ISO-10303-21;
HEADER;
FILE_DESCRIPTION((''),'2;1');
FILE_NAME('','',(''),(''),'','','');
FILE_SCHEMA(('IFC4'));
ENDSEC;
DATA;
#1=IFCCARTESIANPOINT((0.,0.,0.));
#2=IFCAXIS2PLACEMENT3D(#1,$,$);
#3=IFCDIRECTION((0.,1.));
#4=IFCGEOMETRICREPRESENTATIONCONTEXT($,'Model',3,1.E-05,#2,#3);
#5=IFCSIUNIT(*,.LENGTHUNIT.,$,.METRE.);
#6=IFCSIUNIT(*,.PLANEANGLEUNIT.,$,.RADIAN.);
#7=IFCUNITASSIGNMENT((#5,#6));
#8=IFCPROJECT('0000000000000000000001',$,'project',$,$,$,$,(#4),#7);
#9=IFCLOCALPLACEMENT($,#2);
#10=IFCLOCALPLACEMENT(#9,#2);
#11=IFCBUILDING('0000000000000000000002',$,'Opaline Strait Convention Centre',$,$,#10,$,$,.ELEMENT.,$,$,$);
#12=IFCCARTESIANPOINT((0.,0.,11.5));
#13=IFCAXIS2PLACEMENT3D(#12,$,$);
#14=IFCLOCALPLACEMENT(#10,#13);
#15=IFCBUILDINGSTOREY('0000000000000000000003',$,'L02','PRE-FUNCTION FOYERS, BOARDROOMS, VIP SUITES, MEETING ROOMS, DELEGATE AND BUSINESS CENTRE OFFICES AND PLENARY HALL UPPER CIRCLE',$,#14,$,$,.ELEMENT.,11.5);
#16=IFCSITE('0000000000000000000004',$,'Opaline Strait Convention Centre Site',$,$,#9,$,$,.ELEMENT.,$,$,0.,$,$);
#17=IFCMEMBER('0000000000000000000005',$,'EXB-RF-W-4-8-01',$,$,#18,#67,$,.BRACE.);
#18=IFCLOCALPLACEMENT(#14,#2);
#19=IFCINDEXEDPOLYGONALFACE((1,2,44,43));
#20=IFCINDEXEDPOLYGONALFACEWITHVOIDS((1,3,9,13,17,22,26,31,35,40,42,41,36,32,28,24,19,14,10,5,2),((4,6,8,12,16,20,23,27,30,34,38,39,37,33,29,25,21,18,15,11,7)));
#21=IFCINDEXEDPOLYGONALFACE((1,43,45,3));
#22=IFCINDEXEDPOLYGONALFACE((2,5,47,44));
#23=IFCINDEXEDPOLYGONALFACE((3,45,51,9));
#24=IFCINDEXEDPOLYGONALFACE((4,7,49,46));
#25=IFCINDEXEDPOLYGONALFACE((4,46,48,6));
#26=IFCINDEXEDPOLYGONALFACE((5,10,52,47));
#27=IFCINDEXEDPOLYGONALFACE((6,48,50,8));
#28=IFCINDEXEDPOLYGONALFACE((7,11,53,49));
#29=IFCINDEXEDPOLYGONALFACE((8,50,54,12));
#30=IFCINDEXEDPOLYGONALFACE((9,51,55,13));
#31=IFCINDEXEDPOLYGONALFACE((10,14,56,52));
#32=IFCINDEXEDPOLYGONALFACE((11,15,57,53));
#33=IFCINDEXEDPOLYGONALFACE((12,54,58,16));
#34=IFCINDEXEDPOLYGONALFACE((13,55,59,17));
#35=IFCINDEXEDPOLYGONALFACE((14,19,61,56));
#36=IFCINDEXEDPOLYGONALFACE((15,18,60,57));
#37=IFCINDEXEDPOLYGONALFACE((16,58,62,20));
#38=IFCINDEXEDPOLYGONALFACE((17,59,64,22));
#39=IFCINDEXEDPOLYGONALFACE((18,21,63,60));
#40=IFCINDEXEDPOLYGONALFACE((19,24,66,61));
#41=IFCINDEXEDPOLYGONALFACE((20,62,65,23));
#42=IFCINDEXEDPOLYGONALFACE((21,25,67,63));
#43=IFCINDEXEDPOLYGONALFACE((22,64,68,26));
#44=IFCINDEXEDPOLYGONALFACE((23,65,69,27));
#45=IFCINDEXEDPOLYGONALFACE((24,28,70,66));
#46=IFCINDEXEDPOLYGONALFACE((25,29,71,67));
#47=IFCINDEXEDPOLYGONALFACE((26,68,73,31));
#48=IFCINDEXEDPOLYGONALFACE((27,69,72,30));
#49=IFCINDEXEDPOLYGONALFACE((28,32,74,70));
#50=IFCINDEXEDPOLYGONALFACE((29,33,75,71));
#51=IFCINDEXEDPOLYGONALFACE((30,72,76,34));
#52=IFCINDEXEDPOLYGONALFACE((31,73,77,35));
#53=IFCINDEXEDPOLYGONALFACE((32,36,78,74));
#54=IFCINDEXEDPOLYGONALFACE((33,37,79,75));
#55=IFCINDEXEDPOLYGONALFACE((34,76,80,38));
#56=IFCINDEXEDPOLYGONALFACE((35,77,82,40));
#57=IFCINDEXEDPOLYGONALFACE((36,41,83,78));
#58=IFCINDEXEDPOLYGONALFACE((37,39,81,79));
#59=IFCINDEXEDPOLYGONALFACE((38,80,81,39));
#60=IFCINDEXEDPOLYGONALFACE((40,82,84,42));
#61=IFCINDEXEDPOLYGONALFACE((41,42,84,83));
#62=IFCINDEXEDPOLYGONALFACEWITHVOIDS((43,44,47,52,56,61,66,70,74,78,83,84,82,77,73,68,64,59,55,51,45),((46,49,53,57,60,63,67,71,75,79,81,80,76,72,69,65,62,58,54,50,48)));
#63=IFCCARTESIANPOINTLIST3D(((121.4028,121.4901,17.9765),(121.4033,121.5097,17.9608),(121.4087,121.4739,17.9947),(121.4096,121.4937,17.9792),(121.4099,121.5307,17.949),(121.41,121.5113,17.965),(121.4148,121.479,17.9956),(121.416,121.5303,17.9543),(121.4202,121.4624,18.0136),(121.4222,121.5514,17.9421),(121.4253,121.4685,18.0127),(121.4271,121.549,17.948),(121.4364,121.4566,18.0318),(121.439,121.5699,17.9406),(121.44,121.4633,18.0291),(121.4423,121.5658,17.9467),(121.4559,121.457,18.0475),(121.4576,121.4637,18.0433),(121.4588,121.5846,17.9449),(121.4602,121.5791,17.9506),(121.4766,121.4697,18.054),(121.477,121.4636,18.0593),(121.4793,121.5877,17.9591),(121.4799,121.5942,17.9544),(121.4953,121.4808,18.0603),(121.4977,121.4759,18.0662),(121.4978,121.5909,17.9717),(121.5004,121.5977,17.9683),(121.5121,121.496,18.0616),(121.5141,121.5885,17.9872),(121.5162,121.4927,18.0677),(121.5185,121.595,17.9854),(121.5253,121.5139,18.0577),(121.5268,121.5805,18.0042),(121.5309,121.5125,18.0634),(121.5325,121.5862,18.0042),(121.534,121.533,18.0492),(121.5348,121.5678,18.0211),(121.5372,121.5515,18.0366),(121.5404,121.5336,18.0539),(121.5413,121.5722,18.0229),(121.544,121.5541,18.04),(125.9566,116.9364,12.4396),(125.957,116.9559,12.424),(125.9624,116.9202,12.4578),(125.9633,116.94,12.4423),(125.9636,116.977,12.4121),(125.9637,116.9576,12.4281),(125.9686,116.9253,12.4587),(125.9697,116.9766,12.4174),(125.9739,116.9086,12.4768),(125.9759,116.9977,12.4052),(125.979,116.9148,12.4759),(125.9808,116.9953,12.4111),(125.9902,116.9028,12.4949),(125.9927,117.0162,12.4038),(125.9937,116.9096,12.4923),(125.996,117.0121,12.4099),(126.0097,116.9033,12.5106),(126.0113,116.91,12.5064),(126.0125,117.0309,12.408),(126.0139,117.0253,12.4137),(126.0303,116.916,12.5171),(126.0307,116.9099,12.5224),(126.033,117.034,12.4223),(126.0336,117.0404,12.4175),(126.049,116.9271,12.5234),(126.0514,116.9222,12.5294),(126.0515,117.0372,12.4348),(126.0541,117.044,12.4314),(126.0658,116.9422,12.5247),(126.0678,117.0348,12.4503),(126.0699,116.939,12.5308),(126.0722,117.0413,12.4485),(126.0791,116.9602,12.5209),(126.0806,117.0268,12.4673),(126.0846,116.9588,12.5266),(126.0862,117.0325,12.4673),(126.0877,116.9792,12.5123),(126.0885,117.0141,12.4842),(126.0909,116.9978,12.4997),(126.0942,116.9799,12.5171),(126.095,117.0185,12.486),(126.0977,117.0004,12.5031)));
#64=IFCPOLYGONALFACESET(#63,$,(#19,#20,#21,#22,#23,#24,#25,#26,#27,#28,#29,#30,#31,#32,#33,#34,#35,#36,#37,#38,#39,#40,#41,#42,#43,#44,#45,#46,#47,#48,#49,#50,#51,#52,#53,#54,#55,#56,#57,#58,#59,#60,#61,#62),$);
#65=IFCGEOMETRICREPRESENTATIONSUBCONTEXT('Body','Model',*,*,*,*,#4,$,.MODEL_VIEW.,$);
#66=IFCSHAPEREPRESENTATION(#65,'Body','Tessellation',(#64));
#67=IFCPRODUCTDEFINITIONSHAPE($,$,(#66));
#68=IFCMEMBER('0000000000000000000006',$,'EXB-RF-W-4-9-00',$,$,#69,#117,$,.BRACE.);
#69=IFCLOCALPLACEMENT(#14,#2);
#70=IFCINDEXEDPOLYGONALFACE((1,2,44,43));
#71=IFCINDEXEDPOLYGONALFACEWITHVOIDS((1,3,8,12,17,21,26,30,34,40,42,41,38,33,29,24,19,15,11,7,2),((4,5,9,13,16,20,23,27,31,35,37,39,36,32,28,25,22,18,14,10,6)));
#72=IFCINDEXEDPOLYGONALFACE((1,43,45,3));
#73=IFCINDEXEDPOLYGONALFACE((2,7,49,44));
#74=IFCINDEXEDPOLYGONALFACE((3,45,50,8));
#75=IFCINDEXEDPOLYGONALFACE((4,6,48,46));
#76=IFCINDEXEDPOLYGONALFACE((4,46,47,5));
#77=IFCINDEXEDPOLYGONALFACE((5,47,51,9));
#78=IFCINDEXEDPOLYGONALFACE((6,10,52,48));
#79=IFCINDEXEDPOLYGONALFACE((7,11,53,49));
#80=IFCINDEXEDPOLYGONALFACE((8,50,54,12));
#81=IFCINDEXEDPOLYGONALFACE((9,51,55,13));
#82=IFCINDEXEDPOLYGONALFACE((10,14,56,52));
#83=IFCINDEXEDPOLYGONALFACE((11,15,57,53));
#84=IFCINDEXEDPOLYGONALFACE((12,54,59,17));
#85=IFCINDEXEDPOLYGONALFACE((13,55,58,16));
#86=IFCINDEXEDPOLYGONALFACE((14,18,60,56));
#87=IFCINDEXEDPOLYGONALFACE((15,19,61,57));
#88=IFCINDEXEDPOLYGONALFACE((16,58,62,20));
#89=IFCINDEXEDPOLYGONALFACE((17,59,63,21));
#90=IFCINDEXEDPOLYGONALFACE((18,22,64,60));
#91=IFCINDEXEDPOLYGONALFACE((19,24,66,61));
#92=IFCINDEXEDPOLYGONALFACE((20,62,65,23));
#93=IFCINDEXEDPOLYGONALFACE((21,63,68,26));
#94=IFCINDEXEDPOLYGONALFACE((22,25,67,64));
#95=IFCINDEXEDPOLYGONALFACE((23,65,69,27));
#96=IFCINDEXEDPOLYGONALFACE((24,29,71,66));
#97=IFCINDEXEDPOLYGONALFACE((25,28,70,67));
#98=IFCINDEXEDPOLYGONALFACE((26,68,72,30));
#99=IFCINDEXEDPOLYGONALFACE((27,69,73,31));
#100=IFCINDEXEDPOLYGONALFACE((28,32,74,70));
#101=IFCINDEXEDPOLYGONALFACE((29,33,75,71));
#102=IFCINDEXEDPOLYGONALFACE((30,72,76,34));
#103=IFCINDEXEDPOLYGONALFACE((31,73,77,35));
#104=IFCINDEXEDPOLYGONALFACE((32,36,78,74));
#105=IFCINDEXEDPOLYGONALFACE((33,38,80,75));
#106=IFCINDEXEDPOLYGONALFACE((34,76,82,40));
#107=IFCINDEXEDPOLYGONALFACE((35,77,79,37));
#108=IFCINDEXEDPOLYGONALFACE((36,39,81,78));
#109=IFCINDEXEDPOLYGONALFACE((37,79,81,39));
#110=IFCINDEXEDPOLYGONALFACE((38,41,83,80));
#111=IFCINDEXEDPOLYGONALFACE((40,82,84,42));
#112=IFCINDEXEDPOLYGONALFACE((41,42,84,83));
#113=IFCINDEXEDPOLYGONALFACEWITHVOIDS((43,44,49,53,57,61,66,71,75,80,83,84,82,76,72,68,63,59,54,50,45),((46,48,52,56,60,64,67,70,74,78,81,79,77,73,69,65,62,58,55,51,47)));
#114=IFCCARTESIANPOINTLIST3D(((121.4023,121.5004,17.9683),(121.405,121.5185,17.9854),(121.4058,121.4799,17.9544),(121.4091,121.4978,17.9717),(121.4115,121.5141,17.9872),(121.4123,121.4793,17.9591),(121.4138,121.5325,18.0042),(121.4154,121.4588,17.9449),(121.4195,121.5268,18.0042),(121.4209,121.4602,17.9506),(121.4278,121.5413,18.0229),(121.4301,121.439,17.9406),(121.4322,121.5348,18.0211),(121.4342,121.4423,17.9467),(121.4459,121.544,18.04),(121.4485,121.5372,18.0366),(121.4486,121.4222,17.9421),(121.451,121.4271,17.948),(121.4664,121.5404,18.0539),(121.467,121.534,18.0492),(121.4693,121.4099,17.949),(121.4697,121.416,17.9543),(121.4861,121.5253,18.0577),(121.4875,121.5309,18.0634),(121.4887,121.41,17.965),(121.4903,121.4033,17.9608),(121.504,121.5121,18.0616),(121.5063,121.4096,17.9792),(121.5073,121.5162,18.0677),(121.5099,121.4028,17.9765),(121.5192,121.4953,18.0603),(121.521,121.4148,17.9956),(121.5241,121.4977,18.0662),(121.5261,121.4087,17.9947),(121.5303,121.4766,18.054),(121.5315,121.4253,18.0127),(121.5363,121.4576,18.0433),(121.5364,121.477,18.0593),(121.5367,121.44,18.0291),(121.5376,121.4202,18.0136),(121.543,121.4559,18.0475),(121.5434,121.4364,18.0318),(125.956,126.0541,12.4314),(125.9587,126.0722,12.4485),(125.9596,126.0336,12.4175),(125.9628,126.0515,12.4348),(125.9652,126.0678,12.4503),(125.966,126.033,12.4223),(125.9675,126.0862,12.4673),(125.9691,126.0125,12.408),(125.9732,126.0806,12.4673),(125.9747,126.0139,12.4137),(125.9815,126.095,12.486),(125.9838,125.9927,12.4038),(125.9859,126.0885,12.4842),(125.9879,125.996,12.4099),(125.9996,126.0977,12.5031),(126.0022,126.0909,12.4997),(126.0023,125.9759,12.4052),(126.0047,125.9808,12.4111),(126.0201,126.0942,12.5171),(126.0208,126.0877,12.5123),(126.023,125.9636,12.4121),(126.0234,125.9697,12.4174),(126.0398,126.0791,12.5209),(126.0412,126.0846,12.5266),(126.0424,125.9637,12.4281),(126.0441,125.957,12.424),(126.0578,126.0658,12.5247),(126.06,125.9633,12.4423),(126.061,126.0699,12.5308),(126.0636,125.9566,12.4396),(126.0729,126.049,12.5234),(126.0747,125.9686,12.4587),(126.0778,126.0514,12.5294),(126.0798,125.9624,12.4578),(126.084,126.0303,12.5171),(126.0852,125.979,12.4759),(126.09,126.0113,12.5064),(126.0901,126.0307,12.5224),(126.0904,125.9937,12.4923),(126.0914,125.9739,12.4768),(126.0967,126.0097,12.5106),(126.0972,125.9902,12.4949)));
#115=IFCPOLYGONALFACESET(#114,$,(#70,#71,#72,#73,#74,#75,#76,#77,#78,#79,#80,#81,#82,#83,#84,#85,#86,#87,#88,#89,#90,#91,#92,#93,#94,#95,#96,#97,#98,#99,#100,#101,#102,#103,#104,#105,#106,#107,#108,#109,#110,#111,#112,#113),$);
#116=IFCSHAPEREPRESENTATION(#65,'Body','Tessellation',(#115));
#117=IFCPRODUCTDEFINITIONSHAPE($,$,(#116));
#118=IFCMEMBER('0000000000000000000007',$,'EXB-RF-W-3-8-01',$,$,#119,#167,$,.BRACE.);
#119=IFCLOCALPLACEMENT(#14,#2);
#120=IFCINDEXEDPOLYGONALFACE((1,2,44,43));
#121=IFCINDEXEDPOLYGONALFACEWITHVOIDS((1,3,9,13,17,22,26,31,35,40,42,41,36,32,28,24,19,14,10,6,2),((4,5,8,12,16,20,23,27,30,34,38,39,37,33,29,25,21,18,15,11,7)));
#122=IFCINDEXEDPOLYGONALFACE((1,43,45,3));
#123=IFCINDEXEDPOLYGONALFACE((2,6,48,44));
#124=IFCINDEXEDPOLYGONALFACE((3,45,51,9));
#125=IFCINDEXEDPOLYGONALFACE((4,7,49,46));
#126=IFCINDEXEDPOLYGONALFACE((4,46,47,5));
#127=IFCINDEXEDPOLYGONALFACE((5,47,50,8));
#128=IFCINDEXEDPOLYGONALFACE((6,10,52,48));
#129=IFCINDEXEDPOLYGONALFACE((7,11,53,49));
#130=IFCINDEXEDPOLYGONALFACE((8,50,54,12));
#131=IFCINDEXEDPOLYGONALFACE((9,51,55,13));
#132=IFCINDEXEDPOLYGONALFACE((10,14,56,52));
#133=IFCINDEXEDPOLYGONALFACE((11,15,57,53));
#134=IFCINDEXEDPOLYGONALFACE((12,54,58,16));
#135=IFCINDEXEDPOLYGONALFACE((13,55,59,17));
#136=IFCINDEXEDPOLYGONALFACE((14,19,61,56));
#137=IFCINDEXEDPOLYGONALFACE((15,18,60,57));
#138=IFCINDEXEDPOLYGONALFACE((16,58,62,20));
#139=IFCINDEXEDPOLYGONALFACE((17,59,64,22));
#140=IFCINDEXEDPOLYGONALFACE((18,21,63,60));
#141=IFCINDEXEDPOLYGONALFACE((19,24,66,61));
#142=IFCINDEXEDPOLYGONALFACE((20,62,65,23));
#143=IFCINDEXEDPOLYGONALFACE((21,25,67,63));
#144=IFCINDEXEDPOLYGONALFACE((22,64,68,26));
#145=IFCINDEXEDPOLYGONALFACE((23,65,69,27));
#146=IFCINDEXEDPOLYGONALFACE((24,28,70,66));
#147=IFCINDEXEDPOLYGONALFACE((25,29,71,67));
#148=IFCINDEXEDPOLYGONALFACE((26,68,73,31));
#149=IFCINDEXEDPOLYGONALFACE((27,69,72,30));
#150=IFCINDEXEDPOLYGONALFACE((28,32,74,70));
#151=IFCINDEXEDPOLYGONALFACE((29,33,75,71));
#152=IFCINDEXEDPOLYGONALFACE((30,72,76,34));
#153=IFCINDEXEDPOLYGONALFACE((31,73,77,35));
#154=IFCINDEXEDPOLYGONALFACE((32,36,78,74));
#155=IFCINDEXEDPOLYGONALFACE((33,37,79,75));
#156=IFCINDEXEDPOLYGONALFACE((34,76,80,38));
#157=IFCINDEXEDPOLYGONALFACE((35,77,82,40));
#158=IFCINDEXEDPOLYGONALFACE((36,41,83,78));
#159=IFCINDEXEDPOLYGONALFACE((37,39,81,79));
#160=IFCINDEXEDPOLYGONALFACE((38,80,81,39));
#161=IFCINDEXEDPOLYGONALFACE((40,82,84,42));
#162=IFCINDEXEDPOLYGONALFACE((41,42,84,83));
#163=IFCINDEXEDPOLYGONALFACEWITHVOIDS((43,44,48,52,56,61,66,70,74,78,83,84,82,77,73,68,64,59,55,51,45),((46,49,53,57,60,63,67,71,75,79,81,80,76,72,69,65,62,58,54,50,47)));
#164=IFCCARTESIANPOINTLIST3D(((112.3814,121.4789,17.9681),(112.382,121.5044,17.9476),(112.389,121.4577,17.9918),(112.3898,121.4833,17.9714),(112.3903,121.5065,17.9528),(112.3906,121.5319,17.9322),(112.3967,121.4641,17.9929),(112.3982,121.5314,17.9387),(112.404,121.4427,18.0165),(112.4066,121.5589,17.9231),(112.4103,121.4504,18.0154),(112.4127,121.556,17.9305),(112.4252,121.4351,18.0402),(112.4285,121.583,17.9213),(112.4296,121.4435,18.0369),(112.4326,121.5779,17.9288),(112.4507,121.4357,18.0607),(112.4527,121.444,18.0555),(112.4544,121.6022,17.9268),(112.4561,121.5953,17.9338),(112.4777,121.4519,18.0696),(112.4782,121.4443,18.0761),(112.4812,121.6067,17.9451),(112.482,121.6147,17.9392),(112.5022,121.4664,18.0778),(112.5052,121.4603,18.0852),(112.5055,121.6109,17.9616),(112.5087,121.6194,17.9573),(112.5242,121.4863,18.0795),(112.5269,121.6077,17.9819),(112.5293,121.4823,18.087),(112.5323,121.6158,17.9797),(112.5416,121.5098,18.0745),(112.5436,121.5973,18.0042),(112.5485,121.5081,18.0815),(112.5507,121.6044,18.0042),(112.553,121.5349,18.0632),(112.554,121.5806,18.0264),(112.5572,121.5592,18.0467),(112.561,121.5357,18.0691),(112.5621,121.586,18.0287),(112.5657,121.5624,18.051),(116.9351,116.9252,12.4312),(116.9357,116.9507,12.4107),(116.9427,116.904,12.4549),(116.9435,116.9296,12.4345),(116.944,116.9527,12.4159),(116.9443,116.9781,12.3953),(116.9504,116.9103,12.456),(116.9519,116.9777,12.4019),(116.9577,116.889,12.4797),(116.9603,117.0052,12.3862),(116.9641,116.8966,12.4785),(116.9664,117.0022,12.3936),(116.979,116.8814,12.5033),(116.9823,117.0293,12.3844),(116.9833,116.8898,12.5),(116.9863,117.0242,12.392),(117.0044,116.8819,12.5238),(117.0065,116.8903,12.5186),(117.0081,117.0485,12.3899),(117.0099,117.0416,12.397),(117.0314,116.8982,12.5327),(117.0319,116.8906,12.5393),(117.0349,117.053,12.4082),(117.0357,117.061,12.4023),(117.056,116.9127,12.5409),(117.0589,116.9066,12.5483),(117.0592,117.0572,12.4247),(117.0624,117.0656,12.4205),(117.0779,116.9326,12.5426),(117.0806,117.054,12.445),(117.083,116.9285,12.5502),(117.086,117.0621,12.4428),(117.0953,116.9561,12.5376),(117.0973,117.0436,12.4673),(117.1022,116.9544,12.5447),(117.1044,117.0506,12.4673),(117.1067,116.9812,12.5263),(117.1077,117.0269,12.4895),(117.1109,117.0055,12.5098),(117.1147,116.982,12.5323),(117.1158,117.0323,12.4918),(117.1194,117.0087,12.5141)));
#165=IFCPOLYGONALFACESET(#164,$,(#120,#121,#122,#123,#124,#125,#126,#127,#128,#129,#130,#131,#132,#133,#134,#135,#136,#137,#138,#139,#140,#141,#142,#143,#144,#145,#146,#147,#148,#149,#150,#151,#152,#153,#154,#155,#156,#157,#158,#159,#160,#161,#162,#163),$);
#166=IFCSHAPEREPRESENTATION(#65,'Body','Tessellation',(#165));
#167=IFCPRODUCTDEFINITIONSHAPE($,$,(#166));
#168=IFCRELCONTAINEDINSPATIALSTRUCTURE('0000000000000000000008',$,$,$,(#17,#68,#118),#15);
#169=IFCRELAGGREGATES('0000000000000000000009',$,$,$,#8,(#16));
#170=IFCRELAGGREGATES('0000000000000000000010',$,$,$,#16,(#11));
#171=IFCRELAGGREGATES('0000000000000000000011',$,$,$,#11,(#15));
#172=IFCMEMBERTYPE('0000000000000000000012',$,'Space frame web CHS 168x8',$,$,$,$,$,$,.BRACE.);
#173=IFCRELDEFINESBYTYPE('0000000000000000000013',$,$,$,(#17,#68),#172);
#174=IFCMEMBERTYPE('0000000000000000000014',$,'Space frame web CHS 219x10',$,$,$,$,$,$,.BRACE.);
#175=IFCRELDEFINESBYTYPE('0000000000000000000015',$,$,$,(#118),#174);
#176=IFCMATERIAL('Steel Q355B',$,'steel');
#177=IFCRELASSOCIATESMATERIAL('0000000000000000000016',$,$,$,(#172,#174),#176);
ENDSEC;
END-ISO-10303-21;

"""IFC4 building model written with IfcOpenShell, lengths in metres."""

from ifc_helpers import new_model, si_unit, direction, frame, origin, origin_2d, place, context, subcontext, project, spatial, hollow_circle, extrude, material, material_profile, profile_set, type_object, element, save


model = new_model("IFC4")

# Units and contexts
model_context = context("Model", 3, precision=1e-05, world=origin(), true_north=direction((0.0, 1.0)))
body_context = subcontext(model_context, "Body", "Model", "MODEL_VIEW")
ifc_project = project(units=[si_unit("LENGTHUNIT", "METRE"), si_unit("PLANEANGLEUNIT", "RADIAN")], contexts=[model_context])

# Site, building, storey
site_placement = place(None, origin())
site = spatial("IfcSite", under=ifc_project, at=site_placement, Name="Opaline Strait Convention Centre Site", CompositionType="ELEMENT", RefElevation=0.0)
building_placement = place(site_placement, origin())
building = spatial("IfcBuilding", under=site, at=building_placement, Name="Opaline Strait Convention Centre", CompositionType="ELEMENT")
storey_placement = place(building_placement, frame((0.0, 0.0, 11.5)))
storey = spatial("IfcBuildingStorey", under=building, at=storey_placement, Name="L02", Description="PRE-FUNCTION FOYERS, BOARDROOMS, VIP SUITES, MEETING ROOMS, DELEGATE AND BUSINESS CENTRE OFFICES AND PLENARY HALL UPPER CIRCLE", CompositionType="ELEMENT", Elevation=11.5)

# Members
ifc_material = material(Name="Steel Q355B", Category="steel")
ifc_material_profile_1 = material_profile(ifc_material, hollow_circle(Radius=0.084, WallThickness=0.0081, at=origin_2d()), Name="CHS 168x8")
ifc_profile_set_1 = profile_set([ifc_material_profile_1], Name="Steel Q355B")
member_type_1 = type_object("IfcMemberType", Name="Space frame web CHS 168x8", PredefinedType="BRACE", material=ifc_profile_set_1)
for number, where, z_axis, x_axis, name in (
    (1, (121.4731, 121.5269, 18.0042), (0.536178, -0.536178, -0.65194), (0.707107, 0.707107, 0.0), "EXB-RF-W-4-8-01"),
    (2, (121.4731, 121.4731, 18.0042), (0.536178, 0.536178, -0.65194), (-0.707107, 0.707107, 0.0), "EXB-RF-W-4-9-00"),
):
    element("IfcMember", number, at=place(storey_placement, frame(where, z_axis=z_axis, x_axis=x_axis)), inside=storey, type_object=member_type_1, Name=name, PredefinedType="BRACE", context=body_context, shape_type="SweptSolid", body=[
        extrude(hollow_circle(Radius=0.084, WallThickness=0.0081, at=origin_2d()), origin(), (0.0, 0.0, 1.0), 8.4929),
    ])
ifc_material_profile_2 = material_profile(ifc_material, hollow_circle(Radius=0.1096, WallThickness=0.01, at=origin_2d()), Name="CHS 219x10")
ifc_profile_set_2 = profile_set([ifc_material_profile_2], Name="Steel Q355B")
member_type_2 = type_object("IfcMemberType", Name="Space frame web CHS 219x10", PredefinedType="BRACE", material=ifc_profile_set_2)
for number, where, z_axis, x_axis, name in (
    (3, (112.4731, 121.5269, 18.0042), (0.536178, -0.536178, -0.65194), (0.707107, 0.707107, 0.0), "EXB-RF-W-3-8-01"),
):
    element("IfcMember", number, at=place(storey_placement, frame(where, z_axis=z_axis, x_axis=x_axis)), inside=storey, type_object=member_type_2, Name=name, PredefinedType="BRACE", context=body_context, shape_type="SweptSolid", body=[
        extrude(hollow_circle(Radius=0.1096, WallThickness=0.01, at=origin_2d()), origin(), (0.0, 0.0, 1.0), 8.4929),
    ])

save(model, "model.ifc")
